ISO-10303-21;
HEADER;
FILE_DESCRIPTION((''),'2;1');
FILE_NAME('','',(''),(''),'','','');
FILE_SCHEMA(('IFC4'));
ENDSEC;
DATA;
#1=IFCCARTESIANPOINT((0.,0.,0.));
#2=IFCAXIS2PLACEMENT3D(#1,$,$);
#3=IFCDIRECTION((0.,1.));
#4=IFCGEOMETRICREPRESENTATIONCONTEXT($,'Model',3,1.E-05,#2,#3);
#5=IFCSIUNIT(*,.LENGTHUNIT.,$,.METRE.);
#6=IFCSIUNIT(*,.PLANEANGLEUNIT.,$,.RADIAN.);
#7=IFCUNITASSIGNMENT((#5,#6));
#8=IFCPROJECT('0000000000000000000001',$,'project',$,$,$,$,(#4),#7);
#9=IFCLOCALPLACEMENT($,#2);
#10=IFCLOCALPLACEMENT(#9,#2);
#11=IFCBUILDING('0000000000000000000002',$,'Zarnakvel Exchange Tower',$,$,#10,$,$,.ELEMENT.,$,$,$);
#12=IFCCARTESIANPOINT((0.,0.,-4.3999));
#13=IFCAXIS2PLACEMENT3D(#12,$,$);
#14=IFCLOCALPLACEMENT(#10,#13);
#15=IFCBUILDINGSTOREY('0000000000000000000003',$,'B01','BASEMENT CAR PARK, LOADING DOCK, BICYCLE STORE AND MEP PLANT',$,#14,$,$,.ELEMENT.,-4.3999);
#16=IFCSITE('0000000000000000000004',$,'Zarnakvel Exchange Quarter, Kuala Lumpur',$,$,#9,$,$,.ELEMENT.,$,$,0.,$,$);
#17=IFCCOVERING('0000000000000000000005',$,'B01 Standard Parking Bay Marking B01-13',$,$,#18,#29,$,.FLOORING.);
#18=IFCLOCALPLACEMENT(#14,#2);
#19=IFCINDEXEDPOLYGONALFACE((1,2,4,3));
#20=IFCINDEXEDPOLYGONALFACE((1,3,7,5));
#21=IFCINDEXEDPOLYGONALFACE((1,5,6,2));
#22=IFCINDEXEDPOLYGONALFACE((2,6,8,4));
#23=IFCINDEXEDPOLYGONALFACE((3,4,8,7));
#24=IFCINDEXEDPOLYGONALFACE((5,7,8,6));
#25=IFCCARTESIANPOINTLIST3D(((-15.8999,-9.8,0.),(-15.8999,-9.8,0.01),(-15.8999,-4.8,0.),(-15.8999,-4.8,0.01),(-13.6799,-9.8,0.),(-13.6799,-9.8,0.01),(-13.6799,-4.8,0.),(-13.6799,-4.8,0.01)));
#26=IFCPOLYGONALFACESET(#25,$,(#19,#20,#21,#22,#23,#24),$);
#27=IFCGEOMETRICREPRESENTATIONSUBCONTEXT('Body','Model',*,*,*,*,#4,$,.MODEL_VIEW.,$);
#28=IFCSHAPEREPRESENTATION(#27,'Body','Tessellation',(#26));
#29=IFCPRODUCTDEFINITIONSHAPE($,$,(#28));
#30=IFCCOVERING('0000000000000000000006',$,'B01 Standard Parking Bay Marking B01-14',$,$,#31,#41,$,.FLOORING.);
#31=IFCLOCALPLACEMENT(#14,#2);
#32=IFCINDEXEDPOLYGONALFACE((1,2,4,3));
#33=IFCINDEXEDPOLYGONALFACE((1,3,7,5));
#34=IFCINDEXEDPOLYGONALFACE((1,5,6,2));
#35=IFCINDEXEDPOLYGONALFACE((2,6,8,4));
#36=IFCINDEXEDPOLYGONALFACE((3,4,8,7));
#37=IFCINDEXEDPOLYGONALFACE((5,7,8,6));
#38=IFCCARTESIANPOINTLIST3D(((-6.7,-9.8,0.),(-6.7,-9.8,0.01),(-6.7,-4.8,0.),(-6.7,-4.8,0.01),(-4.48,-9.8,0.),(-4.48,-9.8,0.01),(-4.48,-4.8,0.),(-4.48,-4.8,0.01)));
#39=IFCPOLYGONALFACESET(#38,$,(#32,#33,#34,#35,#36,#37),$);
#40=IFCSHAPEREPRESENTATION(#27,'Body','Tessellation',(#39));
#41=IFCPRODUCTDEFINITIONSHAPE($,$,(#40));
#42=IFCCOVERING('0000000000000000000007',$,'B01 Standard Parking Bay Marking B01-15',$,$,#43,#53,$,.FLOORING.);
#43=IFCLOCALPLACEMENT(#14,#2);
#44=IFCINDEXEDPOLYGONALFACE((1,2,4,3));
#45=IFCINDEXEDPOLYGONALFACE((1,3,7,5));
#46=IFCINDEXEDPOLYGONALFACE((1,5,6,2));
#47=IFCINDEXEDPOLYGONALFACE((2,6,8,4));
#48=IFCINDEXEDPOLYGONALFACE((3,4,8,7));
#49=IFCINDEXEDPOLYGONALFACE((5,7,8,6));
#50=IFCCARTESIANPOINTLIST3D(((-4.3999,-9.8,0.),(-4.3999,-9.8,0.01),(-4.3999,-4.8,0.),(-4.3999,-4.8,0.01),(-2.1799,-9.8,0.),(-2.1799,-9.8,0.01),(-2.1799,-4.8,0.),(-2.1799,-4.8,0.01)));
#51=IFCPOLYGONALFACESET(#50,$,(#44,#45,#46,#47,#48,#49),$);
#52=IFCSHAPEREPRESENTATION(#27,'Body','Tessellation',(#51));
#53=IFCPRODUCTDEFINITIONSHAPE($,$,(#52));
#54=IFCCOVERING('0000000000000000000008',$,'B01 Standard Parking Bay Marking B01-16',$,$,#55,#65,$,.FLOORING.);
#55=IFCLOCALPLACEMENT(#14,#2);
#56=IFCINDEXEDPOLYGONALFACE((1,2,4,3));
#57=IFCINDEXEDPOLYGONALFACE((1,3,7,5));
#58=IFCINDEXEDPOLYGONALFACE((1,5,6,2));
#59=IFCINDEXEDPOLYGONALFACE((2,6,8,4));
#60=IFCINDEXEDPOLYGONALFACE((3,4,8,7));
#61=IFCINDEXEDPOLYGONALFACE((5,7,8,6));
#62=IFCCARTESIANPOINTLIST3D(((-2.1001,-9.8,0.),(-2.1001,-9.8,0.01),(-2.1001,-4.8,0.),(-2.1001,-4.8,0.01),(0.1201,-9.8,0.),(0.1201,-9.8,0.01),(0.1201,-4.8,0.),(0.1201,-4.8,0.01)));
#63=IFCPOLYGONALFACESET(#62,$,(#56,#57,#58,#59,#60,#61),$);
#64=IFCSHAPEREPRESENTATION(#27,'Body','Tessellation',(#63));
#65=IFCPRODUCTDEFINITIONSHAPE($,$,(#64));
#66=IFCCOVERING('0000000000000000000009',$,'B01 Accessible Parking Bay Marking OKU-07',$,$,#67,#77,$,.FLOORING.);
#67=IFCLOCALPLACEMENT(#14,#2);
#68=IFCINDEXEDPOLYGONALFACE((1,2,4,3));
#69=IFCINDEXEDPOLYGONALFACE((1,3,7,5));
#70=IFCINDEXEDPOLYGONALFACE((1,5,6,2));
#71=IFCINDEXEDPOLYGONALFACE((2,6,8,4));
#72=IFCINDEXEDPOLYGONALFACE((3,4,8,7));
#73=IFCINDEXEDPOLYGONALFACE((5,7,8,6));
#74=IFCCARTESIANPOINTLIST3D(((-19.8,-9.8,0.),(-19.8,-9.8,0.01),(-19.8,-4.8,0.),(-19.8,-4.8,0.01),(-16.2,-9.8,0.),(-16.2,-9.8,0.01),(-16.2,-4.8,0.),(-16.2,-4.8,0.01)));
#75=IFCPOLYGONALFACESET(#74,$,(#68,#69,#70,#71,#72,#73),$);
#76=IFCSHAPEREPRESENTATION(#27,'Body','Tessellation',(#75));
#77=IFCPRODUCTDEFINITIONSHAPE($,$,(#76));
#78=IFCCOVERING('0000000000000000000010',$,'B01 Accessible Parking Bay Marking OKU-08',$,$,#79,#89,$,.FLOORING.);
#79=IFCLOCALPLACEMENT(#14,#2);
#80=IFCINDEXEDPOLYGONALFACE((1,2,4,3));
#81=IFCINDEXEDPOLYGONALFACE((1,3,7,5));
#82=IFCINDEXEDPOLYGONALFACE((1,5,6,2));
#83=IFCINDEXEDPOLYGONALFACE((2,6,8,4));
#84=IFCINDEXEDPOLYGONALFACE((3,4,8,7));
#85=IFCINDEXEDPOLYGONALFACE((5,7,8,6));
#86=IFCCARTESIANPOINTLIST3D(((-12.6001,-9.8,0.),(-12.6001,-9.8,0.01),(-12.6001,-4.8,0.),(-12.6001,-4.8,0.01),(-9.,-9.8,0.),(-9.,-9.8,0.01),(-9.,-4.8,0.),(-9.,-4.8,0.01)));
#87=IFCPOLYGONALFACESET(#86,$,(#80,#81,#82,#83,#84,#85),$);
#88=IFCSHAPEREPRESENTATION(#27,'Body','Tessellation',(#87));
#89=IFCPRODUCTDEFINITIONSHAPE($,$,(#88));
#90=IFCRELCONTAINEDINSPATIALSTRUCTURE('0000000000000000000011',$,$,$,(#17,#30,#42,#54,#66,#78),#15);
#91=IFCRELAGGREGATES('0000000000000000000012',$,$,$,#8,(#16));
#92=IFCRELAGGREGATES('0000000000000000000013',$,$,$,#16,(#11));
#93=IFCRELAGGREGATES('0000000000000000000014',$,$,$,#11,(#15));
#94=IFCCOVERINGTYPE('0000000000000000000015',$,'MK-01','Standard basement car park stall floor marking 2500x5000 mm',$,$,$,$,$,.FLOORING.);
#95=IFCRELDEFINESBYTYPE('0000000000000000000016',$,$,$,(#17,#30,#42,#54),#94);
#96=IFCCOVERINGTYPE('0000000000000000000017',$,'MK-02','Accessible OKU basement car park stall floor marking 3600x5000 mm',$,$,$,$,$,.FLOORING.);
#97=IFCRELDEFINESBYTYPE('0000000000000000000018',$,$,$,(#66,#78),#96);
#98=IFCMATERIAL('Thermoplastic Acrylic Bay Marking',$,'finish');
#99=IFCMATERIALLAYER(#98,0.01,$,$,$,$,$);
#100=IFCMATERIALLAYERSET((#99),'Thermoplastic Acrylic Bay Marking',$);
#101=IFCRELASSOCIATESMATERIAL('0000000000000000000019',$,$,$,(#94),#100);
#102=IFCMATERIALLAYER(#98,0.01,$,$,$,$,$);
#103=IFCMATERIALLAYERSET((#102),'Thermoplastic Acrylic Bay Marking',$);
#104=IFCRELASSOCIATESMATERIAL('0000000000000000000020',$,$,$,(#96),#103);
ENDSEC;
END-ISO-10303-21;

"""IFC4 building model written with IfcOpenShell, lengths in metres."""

from ifc_helpers import new_model, si_unit, direction, frame, origin, place, context, subcontext, project, spatial, polyline, outline, extrude, material, layer, layer_set, type_object, element, save


model = new_model("IFC4")

# Units and contexts
model_context = context("Model", 3, precision=1e-05, world=origin(), true_north=direction((0.0, 1.0)))
body_context = subcontext(model_context, "Body", "Model", "MODEL_VIEW")
ifc_project = project(units=[si_unit("LENGTHUNIT", "METRE"), si_unit("PLANEANGLEUNIT", "RADIAN")], contexts=[model_context])

# Site, building, storey
site_placement = place(None, origin())
site = spatial("IfcSite", under=ifc_project, at=site_placement, Name="Zarnakvel Exchange Quarter, Kuala Lumpur", CompositionType="ELEMENT", RefElevation=0.0)
building_placement = place(site_placement, origin())
building = spatial("IfcBuilding", under=site, at=building_placement, Name="Zarnakvel Exchange Tower", CompositionType="ELEMENT")
storey_placement = place(building_placement, frame((0.0, 0.0, -4.3999)))
storey = spatial("IfcBuildingStorey", under=building, at=storey_placement, Name="B01", Description="BASEMENT CAR PARK, LOADING DOCK, BICYCLE STORE AND MEP PLANT", CompositionType="ELEMENT", Elevation=-4.3999)

# Coverings
ifc_material_1 = material(Name="Thermoplastic Acrylic Bay Marking", Category="finish")
ifc_layer_1 = layer(ifc_material_1, 0.01)
ifc_layer_set_1 = layer_set([ifc_layer_1], Name="Thermoplastic Acrylic Bay Marking")
covering_type_1 = type_object("IfcCoveringType", Name="MK-01", Description="Standard basement car park stall floor marking 2500x5000 mm", PredefinedType="FLOORING", material=ifc_layer_set_1)
covering_1_placement = place(storey_placement, origin())
element("IfcCovering", 1, at=covering_1_placement, inside=storey, type_object=covering_type_1, Name="B01 Standard Parking Bay Marking B01-13", PredefinedType="FLOORING", context=body_context, shape_type="SweptSolid", body=[
    extrude(outline(polyline([(-15.8999, -9.8), (-13.6799, -9.8), (-13.6799, -4.8), (-15.8999, -4.8), (-15.8999, -9.8)])), origin(), (0.0, 0.0, 1.0), 0.01),
])
covering_2_placement = place(storey_placement, origin())
element("IfcCovering", 2, at=covering_2_placement, inside=storey, type_object=covering_type_1, Name="B01 Standard Parking Bay Marking B01-14", PredefinedType="FLOORING", context=body_context, shape_type="SweptSolid", body=[
    extrude(outline(polyline([(-6.7, -9.8), (-4.48, -9.8), (-4.48, -4.8), (-6.7, -4.8), (-6.7, -9.8)])), origin(), (0.0, 0.0, 1.0), 0.01),
])
covering_3_placement = place(storey_placement, origin())
element("IfcCovering", 3, at=covering_3_placement, inside=storey, type_object=covering_type_1, Name="B01 Standard Parking Bay Marking B01-15", PredefinedType="FLOORING", context=body_context, shape_type="SweptSolid", body=[
    extrude(outline(polyline([(-4.3999, -9.8), (-2.1799, -9.8), (-2.1799, -4.8), (-4.3999, -4.8), (-4.3999, -9.8)])), origin(), (0.0, 0.0, 1.0), 0.01),
])
covering_4_placement = place(storey_placement, origin())
element("IfcCovering", 4, at=covering_4_placement, inside=storey, type_object=covering_type_1, Name="B01 Standard Parking Bay Marking B01-16", PredefinedType="FLOORING", context=body_context, shape_type="SweptSolid", body=[
    extrude(outline(polyline([(-2.1001, -9.8), (0.1201, -9.8), (0.1201, -4.8), (-2.1001, -4.8), (-2.1001, -9.8)])), origin(), (0.0, 0.0, 1.0), 0.01),
])
ifc_layer_2 = layer(ifc_material_1, 0.01)
ifc_layer_set_2 = layer_set([ifc_layer_2], Name="Thermoplastic Acrylic Bay Marking")
covering_type_2 = type_object("IfcCoveringType", Name="MK-02", Description="Accessible OKU basement car park stall floor marking 3600x5000 mm", PredefinedType="FLOORING", material=ifc_layer_set_2)
covering_5_placement = place(storey_placement, origin())
element("IfcCovering", 5, at=covering_5_placement, inside=storey, type_object=covering_type_2, Name="B01 Accessible Parking Bay Marking OKU-07", PredefinedType="FLOORING", context=body_context, shape_type="SweptSolid", body=[
    extrude(outline(polyline([(-19.8, -9.8), (-16.2, -9.8), (-16.2, -4.8), (-19.8, -4.8), (-19.8, -9.8)])), origin(), (0.0, 0.0, 1.0), 0.01),
])
covering_6_placement = place(storey_placement, origin())
element("IfcCovering", 6, at=covering_6_placement, inside=storey, type_object=covering_type_2, Name="B01 Accessible Parking Bay Marking OKU-08", PredefinedType="FLOORING", context=body_context, shape_type="SweptSolid", body=[
    extrude(outline(polyline([(-12.6001, -9.8), (-9.0, -9.8), (-9.0, -4.8), (-12.6001, -4.8), (-12.6001, -9.8)])), origin(), (0.0, 0.0, 1.0), 0.01),
])

save(model, "model.ifc")
